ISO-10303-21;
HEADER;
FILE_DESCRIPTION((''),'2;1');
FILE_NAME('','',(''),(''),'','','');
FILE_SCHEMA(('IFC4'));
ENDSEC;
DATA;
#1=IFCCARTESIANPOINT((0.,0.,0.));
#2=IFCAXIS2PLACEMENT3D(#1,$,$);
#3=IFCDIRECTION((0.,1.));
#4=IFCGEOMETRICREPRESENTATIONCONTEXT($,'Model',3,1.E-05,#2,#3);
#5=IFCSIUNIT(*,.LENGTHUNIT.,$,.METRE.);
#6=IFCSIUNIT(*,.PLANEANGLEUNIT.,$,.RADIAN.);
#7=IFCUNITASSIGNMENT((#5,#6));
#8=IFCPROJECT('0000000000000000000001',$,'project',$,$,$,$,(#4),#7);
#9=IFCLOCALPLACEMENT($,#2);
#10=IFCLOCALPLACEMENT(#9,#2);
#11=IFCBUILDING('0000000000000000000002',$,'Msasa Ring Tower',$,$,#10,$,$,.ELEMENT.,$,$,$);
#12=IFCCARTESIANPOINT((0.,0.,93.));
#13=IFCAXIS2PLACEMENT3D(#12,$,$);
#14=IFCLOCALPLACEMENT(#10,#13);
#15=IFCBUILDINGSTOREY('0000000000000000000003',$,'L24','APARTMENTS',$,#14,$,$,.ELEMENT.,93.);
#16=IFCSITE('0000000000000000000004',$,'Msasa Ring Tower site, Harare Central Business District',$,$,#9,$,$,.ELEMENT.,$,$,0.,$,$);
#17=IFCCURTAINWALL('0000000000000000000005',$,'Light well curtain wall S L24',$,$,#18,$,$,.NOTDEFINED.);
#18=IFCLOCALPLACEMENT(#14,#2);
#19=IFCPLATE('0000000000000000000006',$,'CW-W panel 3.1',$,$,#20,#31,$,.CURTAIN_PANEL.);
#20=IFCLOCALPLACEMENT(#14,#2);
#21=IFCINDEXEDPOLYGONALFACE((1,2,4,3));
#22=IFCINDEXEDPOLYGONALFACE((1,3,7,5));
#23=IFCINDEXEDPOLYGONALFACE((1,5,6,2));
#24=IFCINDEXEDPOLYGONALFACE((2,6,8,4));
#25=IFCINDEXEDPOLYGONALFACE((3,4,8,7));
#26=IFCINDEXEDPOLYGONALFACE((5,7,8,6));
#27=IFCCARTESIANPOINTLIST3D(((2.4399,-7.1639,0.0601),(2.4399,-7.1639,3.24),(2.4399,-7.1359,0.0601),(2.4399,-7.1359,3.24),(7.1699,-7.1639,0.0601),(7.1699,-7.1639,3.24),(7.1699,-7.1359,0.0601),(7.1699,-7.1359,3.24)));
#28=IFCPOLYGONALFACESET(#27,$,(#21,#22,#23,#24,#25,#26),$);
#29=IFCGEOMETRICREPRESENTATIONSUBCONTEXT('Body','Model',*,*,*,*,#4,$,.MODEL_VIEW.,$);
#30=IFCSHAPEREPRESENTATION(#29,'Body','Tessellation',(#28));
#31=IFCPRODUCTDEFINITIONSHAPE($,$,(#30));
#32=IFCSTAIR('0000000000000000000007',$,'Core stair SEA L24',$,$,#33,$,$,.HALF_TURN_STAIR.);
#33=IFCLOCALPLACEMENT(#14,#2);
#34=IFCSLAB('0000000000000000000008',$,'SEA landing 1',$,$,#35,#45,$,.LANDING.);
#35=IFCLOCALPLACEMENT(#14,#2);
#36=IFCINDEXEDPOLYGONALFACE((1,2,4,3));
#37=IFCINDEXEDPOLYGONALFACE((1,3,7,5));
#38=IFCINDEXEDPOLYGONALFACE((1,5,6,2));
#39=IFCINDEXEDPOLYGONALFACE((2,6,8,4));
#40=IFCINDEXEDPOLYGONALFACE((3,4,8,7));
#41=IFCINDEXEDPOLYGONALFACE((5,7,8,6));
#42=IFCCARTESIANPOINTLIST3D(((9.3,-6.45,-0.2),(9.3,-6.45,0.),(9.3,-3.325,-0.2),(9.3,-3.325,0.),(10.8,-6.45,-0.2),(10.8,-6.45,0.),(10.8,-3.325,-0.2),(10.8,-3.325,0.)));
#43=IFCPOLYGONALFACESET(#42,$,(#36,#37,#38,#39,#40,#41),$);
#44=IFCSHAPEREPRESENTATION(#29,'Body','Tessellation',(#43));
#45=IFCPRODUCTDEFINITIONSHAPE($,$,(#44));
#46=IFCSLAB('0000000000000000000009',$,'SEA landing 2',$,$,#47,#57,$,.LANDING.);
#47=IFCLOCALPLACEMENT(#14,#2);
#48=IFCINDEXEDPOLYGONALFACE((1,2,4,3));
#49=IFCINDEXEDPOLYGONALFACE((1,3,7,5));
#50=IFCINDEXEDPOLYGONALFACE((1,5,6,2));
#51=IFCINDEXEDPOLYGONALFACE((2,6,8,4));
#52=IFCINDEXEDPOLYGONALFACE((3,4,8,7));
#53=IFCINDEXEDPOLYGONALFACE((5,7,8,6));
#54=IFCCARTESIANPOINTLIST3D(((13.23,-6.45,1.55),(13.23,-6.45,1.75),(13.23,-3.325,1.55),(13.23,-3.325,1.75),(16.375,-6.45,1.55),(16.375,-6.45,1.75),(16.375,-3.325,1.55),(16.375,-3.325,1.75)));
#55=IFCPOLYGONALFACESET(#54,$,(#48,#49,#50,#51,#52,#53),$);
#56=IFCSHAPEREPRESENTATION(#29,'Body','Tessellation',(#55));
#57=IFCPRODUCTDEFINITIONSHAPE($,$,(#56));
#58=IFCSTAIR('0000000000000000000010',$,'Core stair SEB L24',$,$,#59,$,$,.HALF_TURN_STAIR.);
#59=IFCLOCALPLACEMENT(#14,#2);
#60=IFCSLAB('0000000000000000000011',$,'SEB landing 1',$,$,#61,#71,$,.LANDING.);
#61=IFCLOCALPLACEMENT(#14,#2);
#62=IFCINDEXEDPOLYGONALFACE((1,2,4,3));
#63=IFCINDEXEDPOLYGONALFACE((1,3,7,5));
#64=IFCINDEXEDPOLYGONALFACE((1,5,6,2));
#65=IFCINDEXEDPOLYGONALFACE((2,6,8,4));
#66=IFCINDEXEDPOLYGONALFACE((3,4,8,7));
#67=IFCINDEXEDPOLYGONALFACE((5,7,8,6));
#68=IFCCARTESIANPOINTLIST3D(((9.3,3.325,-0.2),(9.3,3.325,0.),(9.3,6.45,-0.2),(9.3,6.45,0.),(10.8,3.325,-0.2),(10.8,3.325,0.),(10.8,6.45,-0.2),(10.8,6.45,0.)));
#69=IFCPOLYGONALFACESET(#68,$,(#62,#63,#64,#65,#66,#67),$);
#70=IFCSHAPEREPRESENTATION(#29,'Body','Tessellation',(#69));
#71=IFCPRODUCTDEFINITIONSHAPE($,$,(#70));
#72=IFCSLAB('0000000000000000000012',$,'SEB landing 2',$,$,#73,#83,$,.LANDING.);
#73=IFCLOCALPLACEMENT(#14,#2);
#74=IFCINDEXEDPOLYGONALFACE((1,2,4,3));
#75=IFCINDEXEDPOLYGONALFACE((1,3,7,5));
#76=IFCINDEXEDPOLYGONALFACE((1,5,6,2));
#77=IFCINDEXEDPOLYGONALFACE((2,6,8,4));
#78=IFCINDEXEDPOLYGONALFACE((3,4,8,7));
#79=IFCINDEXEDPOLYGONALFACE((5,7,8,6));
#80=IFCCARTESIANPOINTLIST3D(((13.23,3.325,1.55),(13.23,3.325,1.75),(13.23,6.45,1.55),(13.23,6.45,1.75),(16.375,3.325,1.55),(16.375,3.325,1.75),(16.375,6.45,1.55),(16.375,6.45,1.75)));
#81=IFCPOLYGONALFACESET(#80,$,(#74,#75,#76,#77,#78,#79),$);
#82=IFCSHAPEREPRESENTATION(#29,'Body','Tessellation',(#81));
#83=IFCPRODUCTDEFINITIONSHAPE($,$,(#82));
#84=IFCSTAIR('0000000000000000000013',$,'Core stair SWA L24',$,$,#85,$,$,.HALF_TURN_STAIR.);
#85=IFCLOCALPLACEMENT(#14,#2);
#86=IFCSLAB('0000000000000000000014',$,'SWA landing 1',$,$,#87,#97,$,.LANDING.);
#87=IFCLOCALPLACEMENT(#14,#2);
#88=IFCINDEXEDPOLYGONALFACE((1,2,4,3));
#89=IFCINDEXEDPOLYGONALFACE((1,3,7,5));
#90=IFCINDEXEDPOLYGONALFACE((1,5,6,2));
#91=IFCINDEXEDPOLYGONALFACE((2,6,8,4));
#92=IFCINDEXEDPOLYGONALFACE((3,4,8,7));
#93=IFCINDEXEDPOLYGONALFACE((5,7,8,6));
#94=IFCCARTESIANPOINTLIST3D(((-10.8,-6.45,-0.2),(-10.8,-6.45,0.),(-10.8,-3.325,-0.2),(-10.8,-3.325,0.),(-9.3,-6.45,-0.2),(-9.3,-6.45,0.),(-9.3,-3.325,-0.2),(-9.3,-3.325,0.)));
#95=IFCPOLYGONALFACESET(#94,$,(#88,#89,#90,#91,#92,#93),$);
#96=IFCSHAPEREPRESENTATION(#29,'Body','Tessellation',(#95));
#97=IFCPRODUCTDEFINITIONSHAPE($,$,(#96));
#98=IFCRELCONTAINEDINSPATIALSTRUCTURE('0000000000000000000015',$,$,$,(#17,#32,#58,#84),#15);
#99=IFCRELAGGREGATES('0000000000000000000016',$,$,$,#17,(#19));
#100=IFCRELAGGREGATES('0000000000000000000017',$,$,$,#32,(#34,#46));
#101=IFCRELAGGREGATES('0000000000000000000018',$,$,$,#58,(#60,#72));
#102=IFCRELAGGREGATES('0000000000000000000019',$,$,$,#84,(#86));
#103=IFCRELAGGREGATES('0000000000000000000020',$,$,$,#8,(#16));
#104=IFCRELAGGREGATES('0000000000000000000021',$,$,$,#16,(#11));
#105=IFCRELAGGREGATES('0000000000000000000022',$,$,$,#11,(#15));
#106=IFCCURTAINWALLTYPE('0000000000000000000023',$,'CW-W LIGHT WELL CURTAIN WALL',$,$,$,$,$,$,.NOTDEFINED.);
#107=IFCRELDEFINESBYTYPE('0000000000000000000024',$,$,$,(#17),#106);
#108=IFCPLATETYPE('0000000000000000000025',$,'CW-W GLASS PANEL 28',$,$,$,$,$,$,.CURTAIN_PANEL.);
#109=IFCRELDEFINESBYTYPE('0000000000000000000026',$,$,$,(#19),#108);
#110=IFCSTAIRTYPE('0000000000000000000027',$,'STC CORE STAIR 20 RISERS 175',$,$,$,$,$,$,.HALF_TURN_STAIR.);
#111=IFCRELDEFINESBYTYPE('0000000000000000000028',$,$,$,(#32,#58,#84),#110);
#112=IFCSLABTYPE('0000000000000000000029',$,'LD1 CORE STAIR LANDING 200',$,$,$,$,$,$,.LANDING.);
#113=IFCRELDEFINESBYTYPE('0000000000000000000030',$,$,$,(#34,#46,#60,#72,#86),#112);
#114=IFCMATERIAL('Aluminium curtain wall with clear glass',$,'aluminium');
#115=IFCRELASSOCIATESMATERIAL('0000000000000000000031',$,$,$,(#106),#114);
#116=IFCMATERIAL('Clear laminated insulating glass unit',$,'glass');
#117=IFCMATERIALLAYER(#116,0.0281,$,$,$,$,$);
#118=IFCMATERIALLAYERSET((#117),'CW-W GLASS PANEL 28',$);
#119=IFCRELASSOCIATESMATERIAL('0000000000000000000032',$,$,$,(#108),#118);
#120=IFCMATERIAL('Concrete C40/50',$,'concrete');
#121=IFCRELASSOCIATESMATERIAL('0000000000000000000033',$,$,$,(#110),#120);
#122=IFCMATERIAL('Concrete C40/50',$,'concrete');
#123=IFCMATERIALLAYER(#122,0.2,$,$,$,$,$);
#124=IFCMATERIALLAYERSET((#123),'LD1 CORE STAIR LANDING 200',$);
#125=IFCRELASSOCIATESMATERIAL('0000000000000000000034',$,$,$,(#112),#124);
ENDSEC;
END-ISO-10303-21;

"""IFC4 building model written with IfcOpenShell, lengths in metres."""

from ifc_helpers import new_model, si_unit, direction, frame, origin, origin_2d, place, context, subcontext, project, spatial, polyline, rectangle, outline, extrude, material, layer, layer_set, type_object, element, aggregate, save


model = new_model("IFC4")

# Units and contexts
model_context = context("Model", 3, precision=1e-05, world=origin(), true_north=direction((0.0, 1.0)))
body_context = subcontext(model_context, "Body", "Model", "MODEL_VIEW")
ifc_project = project(units=[si_unit("LENGTHUNIT", "METRE"), si_unit("PLANEANGLEUNIT", "RADIAN")], contexts=[model_context])

# Site, building, storey
site_placement = place(None, origin())
site = spatial("IfcSite", under=ifc_project, at=site_placement, Name="Msasa Ring Tower site, Harare Central Business District", CompositionType="ELEMENT", RefElevation=0.0)
building_placement = place(site_placement, origin())
building = spatial("IfcBuilding", under=site, at=building_placement, Name="Msasa Ring Tower", CompositionType="ELEMENT")
storey_placement = place(building_placement, frame((0.0, 0.0, 93.0)))
storey = spatial("IfcBuildingStorey", under=building, at=storey_placement, Name="L24", Description="APARTMENTS", CompositionType="ELEMENT", Elevation=93.0)

# Shared definitions
ifc_material_1 = material(Name="Aluminium curtain wall with clear glass", Category="aluminium")
curtain_wall_type = type_object("IfcCurtainWallType", Name="CW-W LIGHT WELL CURTAIN WALL", PredefinedType="NOTDEFINED", material=ifc_material_1)

# Curtain wall, plate
curtain_wall_1_placement = place(storey_placement, origin())
curtain_wall_1 = element("IfcCurtainWall", 1, at=curtain_wall_1_placement, inside=storey, type_object=curtain_wall_type, Name="Light well curtain wall S L24", PredefinedType="NOTDEFINED")
ifc_material_2 = material(Name="Clear laminated insulating glass unit", Category="glass")
ifc_layer_1 = layer(ifc_material_2, 0.0281)
ifc_layer_set_1 = layer_set([ifc_layer_1], Name="CW-W GLASS PANEL 28")
plate_type = type_object("IfcPlateType", Name="CW-W GLASS PANEL 28", PredefinedType="CURTAIN_PANEL", material=ifc_layer_set_1)
plate_placement = place(storey_placement, frame((4.8049, -7.1499, 0.0601), z_axis=(0.0, 0.0, 1.0), x_axis=(1.0, 0.0, 0.0)))
plate = element("IfcPlate", 2, at=plate_placement, type_object=plate_type, Name="CW-W panel 3.1", PredefinedType="CURTAIN_PANEL", context=body_context, shape_type="SweptSolid", body=[
    extrude(rectangle(XDim=4.73, YDim=0.0281, at=origin_2d()), origin(), (0.0, 0.0, 1.0), 3.1799),
])
aggregate(curtain_wall_1, [plate])

# Stairs, slabs
ifc_material_3 = material(Name="Concrete C40/50", Category="concrete")
stair_type = type_object("IfcStairType", Name="STC CORE STAIR 20 RISERS 175", PredefinedType="HALF_TURN_STAIR", material=ifc_material_3)
stair_1_placement = place(storey_placement, origin())
stair_1 = element("IfcStair", 3, at=stair_1_placement, inside=storey, type_object=stair_type, Name="Core stair SEA L24", PredefinedType="HALF_TURN_STAIR")
ifc_material_4 = material(Name="Concrete C40/50", Category="concrete")
ifc_layer_2 = layer(ifc_material_4, 0.2)
ifc_layer_set_2 = layer_set([ifc_layer_2], Name="LD1 CORE STAIR LANDING 200")
slab_type = type_object("IfcSlabType", Name="LD1 CORE STAIR LANDING 200", PredefinedType="LANDING", material=ifc_layer_set_2)
slab_1_placement = place(storey_placement, frame((0.0, 0.0, -0.2)))
slab_1 = element("IfcSlab", 4, at=slab_1_placement, type_object=slab_type, Name="SEA landing 1", PredefinedType="LANDING", context=body_context, shape_type="SweptSolid", body=[
    extrude(outline(polyline([(9.3, -6.45), (10.8, -6.45), (10.8, -3.325), (9.3, -3.325), (9.3, -6.45)])), origin(), (0.0, 0.0, 1.0), 0.2),
])
slab_2_placement = place(storey_placement, frame((0.0, 0.0, 1.55)))
slab_2 = element("IfcSlab", 5, at=slab_2_placement, type_object=slab_type, Name="SEA landing 2", PredefinedType="LANDING", context=body_context, shape_type="SweptSolid", body=[
    extrude(outline(polyline([(13.23, -6.45), (16.375, -6.45), (16.375, -3.325), (13.23, -3.325), (13.23, -6.45)])), origin(), (0.0, 0.0, 1.0), 0.2),
])
aggregate(stair_1, [slab_1, slab_2])
stair_2_placement = place(storey_placement, origin())
stair_2 = element("IfcStair", 6, at=stair_2_placement, inside=storey, type_object=stair_type, Name="Core stair SEB L24", PredefinedType="HALF_TURN_STAIR")
slab_3_placement = place(storey_placement, frame((0.0, 0.0, -0.2)))
slab_3 = element("IfcSlab", 7, at=slab_3_placement, type_object=slab_type, Name="SEB landing 1", PredefinedType="LANDING", context=body_context, shape_type="SweptSolid", body=[
    extrude(outline(polyline([(9.3, 3.325), (10.8, 3.325), (10.8, 6.45), (9.3, 6.45), (9.3, 3.325)])), origin(), (0.0, 0.0, 1.0), 0.2),
])
slab_4_placement = place(storey_placement, frame((0.0, 0.0, 1.55)))
slab_4 = element("IfcSlab", 8, at=slab_4_placement, type_object=slab_type, Name="SEB landing 2", PredefinedType="LANDING", context=body_context, shape_type="SweptSolid", body=[
    extrude(outline(polyline([(13.23, 3.325), (16.375, 3.325), (16.375, 6.45), (13.23, 6.45), (13.23, 3.325)])), origin(), (0.0, 0.0, 1.0), 0.2),
])
aggregate(stair_2, [slab_3, slab_4])

# Stair, slab
stair_3_placement = place(storey_placement, origin())
stair_3 = element("IfcStair", 9, at=stair_3_placement, inside=storey, type_object=stair_type, Name="Core stair SWA L24", PredefinedType="HALF_TURN_STAIR")
slab_5_placement = place(storey_placement, frame((0.0, 0.0, -0.2)))
slab_5 = element("IfcSlab", 10, at=slab_5_placement, type_object=slab_type, Name="SWA landing 1", PredefinedType="LANDING", context=body_context, shape_type="SweptSolid", body=[
    extrude(outline(polyline([(-10.8, -6.45), (-9.3, -6.45), (-9.3, -3.325), (-10.8, -3.325), (-10.8, -6.45)])), origin(), (0.0, 0.0, 1.0), 0.2),
])
aggregate(stair_3, [slab_5])

save(model, "model.ifc")
